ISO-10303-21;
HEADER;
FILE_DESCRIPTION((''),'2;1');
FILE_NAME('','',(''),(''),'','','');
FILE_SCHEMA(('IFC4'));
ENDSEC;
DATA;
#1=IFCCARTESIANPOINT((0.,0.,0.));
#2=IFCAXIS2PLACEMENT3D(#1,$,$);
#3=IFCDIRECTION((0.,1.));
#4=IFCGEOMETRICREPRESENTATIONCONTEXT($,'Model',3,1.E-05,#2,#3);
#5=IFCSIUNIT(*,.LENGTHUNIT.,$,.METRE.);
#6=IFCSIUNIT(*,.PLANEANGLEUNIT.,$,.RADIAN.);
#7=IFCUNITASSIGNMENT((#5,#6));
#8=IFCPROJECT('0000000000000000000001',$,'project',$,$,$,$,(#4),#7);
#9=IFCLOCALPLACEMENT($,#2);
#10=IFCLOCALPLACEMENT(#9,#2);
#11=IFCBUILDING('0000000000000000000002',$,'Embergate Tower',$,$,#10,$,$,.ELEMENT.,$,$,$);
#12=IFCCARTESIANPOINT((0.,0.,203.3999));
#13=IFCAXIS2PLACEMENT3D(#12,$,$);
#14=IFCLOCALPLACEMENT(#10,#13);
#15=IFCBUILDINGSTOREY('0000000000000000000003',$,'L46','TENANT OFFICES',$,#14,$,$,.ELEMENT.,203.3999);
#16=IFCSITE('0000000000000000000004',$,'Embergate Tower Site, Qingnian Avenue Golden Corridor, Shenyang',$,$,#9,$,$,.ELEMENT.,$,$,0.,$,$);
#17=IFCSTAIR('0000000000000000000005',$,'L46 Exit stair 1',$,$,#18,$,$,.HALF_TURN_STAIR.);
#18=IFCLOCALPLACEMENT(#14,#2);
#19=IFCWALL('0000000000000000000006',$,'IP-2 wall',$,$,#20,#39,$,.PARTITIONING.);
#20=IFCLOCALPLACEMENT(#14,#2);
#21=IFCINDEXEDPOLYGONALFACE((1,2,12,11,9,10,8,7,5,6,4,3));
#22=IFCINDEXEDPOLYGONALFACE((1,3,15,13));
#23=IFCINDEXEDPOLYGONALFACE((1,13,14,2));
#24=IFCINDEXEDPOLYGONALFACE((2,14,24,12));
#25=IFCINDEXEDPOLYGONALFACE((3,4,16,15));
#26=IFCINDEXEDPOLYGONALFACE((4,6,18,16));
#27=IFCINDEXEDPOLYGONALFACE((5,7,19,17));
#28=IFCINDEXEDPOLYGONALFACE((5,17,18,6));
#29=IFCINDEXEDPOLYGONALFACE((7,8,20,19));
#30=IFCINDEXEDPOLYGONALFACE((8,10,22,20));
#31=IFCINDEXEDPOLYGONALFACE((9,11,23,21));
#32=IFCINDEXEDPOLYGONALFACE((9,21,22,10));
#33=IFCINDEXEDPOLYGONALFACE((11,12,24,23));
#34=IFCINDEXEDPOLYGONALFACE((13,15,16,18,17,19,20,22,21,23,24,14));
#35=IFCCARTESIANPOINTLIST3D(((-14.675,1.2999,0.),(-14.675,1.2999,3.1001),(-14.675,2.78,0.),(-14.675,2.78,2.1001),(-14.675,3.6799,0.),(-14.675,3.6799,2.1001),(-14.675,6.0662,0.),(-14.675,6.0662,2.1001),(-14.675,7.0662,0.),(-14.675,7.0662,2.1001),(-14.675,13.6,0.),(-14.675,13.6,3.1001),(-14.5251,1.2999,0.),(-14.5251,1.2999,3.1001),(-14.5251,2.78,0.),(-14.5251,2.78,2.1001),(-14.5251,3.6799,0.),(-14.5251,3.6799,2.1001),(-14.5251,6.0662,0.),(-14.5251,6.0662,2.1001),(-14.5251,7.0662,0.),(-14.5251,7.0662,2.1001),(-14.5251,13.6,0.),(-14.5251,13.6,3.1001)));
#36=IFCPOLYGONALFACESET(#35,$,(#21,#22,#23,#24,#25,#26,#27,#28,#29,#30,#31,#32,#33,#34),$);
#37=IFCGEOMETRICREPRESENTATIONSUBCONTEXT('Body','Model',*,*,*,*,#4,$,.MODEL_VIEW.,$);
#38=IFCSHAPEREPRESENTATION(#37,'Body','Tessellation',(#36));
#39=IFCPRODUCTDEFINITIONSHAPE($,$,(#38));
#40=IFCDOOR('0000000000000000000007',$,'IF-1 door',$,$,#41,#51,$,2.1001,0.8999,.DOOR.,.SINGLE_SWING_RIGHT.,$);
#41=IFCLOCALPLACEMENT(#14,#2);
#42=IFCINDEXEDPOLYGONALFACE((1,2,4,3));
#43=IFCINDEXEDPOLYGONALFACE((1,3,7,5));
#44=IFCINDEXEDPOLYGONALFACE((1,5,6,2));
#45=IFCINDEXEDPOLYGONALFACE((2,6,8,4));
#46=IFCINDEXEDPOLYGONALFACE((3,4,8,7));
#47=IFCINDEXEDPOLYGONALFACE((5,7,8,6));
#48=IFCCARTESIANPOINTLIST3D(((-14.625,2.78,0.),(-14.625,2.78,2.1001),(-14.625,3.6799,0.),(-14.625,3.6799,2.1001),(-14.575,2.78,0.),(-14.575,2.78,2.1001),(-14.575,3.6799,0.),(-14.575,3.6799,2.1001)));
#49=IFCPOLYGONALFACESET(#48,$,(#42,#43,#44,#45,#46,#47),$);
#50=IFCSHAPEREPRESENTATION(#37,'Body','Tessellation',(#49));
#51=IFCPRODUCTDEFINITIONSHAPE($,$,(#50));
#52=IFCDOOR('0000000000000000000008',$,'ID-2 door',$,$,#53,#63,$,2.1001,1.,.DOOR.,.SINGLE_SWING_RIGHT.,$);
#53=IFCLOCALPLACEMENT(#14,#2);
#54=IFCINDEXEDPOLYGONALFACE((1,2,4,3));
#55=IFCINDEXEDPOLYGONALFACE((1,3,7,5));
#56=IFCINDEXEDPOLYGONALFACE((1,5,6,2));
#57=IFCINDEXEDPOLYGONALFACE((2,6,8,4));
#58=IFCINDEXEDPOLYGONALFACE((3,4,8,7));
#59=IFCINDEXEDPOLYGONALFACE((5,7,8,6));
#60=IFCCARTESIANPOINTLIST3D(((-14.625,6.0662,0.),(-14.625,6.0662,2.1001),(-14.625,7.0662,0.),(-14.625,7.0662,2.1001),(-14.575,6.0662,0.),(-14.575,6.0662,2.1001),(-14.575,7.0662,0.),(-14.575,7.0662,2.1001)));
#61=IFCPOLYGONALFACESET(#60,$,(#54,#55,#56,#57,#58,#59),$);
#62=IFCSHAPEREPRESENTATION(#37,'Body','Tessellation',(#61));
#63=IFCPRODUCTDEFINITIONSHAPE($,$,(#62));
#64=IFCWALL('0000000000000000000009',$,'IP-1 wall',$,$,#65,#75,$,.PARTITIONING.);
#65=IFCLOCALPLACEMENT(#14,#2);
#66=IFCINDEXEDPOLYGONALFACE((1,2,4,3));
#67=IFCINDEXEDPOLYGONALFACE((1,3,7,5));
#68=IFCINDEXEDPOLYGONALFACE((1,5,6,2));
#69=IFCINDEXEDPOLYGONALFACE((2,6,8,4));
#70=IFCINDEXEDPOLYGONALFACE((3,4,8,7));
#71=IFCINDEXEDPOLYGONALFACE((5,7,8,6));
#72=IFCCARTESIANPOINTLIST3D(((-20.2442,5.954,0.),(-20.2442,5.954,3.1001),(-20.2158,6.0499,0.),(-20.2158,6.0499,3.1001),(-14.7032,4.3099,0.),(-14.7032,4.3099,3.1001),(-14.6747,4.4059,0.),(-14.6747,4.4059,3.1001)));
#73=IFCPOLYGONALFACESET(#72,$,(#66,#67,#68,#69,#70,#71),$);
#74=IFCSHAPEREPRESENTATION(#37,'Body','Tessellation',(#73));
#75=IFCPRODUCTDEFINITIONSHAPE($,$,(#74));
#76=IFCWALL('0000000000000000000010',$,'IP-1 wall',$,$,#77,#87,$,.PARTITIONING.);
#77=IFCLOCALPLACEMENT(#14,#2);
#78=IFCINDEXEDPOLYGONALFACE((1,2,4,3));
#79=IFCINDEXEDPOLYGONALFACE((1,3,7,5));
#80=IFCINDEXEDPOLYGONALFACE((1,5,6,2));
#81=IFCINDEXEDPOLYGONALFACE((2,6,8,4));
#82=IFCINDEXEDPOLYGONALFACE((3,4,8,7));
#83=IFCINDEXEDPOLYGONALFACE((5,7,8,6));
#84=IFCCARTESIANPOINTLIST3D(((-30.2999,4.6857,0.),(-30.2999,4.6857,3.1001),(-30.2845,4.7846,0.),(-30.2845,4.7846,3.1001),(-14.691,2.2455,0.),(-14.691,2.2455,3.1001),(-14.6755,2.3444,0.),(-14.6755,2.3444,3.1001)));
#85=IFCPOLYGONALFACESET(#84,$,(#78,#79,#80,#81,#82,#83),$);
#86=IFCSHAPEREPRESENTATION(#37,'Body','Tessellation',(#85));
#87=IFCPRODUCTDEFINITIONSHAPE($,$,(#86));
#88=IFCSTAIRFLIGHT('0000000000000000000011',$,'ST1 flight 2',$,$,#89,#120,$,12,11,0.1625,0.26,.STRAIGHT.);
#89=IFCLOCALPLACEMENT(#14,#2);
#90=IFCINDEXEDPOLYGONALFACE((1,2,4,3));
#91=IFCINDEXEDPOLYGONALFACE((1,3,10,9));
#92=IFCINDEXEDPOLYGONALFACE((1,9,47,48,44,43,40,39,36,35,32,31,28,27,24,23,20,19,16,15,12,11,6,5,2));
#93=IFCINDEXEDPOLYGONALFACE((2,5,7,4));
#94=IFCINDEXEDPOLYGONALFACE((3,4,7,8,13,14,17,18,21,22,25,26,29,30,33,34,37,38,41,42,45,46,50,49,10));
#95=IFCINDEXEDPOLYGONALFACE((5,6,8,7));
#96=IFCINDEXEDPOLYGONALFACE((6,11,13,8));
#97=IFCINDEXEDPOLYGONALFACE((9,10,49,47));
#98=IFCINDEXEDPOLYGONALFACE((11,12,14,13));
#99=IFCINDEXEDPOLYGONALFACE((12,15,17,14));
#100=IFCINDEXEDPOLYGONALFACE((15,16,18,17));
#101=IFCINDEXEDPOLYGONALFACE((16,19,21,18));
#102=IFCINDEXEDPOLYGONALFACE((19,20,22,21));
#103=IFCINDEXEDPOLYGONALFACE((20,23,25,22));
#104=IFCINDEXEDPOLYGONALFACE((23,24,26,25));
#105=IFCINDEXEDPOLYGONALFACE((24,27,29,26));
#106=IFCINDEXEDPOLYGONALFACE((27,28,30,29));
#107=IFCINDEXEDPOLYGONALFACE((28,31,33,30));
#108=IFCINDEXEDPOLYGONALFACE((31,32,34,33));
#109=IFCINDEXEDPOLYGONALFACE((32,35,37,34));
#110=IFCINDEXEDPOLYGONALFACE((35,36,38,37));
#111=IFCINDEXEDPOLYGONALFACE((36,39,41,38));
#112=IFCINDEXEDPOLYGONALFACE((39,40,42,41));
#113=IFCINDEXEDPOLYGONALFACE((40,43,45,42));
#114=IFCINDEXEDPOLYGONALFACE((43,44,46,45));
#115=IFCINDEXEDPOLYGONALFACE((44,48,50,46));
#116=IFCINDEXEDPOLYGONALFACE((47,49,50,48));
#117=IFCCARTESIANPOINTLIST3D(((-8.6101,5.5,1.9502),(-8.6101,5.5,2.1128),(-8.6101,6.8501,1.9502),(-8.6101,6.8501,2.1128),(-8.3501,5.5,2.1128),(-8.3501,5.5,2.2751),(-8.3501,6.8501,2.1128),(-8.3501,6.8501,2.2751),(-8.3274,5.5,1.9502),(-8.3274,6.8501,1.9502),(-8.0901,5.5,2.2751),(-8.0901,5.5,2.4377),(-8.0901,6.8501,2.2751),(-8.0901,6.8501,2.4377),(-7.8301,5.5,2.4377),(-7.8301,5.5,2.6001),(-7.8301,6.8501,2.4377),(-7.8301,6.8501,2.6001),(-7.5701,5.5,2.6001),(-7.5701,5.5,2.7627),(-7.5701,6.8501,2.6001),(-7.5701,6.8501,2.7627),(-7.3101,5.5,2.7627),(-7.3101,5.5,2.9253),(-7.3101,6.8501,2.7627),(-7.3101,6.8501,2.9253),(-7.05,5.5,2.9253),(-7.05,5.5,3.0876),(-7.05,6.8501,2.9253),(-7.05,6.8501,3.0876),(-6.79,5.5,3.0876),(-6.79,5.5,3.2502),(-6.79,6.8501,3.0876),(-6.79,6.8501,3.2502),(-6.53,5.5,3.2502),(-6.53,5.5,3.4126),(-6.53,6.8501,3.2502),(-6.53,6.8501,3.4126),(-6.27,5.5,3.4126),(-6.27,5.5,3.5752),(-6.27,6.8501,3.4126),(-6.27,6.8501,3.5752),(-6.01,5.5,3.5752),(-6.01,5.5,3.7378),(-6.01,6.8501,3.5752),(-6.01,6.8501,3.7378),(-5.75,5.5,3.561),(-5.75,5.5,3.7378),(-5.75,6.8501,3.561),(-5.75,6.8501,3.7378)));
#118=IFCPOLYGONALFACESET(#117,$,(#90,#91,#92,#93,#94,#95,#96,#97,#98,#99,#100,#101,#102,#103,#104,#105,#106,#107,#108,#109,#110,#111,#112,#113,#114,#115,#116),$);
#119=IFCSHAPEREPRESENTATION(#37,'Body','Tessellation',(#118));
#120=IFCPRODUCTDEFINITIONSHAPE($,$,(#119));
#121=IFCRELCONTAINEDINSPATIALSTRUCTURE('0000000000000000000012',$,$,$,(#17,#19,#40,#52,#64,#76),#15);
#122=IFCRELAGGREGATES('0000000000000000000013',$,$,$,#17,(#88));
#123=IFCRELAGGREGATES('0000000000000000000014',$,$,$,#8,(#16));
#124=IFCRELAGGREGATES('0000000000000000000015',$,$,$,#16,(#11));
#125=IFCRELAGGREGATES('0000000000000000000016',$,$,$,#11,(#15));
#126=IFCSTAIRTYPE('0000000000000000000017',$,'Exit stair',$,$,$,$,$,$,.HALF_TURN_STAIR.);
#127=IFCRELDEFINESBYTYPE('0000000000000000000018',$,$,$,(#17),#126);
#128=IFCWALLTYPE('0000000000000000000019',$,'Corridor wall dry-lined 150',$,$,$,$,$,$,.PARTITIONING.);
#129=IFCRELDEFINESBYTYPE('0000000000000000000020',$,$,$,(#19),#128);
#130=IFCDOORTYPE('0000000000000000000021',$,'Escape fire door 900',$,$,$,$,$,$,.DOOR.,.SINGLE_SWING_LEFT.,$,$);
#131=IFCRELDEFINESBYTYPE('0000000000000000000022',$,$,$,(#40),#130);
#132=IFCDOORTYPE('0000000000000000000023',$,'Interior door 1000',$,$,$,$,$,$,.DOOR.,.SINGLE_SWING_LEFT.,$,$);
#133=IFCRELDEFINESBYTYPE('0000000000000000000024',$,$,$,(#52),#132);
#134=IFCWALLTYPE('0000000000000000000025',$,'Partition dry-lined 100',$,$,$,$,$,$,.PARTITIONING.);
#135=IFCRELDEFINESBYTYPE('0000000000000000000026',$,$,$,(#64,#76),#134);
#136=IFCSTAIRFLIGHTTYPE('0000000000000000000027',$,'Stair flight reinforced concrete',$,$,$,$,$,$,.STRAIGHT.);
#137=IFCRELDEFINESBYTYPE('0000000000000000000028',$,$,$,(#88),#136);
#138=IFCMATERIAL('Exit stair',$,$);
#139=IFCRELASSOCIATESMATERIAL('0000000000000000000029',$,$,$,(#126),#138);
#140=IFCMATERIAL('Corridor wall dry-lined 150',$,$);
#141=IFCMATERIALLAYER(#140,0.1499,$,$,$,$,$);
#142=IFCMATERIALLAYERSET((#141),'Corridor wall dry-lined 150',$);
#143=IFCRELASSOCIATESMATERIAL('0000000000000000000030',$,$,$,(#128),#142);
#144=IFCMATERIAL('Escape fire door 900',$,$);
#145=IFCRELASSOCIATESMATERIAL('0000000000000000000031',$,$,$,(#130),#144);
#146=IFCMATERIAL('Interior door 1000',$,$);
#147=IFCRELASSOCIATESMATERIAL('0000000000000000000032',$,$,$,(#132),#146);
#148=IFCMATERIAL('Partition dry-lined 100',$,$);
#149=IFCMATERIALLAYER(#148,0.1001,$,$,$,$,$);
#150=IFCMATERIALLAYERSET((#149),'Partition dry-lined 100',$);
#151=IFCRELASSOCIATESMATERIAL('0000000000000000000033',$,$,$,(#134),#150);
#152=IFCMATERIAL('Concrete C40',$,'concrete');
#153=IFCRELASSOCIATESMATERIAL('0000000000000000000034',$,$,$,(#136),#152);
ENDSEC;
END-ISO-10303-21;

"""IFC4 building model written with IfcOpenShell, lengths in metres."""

from ifc_helpers import new_model, si_unit, direction, frame, frame_2d, origin, place, context, subcontext, project, spatial, polyline, rectangle, outline, extrude, source, transform, mapped, material, layer, layer_set, type_object, element, fill, aggregate, save


model = new_model("IFC4")

# Units and contexts
model_context = context("Model", 3, precision=1e-05, world=origin(), true_north=direction((0.0, 1.0)))
body_context = subcontext(model_context, "Body", "Model", "MODEL_VIEW")
ifc_project = project(units=[si_unit("LENGTHUNIT", "METRE"), si_unit("PLANEANGLEUNIT", "RADIAN")], contexts=[model_context])

# Site, building, storey
site_placement = place(None, origin())
site = spatial("IfcSite", under=ifc_project, at=site_placement, Name="Embergate Tower Site, Qingnian Avenue Golden Corridor, Shenyang", CompositionType="ELEMENT", RefElevation=0.0)
building_placement = place(site_placement, origin())
building = spatial("IfcBuilding", under=site, at=building_placement, Name="Embergate Tower", CompositionType="ELEMENT")
storey_placement = place(building_placement, frame((0.0, 0.0, 203.3999)))
storey = spatial("IfcBuildingStorey", under=building, at=storey_placement, Name="L46", Description="TENANT OFFICES", CompositionType="ELEMENT", Elevation=203.3999)

# Stair
ifc_material_1 = material(Name="Exit stair")
stair_type = type_object("IfcStairType", Name="Exit stair", PredefinedType="HALF_TURN_STAIR", material=ifc_material_1)
stair_placement = place(storey_placement, origin())
stair = element("IfcStair", 1, at=stair_placement, inside=storey, type_object=stair_type, Name="L46 Exit stair 1", PredefinedType="HALF_TURN_STAIR")
ifc_material_2 = material(Name="Concrete C40", Category="concrete")

# Shared definitions
ifc_material_3 = material(Name="Corridor wall dry-lined 150")
ifc_layer_1 = layer(ifc_material_3, 0.1499)
ifc_layer_set_1 = layer_set([ifc_layer_1], Name="Corridor wall dry-lined 150")
wall_type_1 = type_object("IfcWallType", Name="Corridor wall dry-lined 150", PredefinedType="PARTITIONING", material=ifc_layer_set_1)
shared_shape_1 = source(origin(), body_context, "Body", "SweptSolid", [
    extrude(rectangle(XDim=0.8999, YDim=2.1001, at=frame_2d((0.45, 1.05))), frame((0.0, 0.085, 0.0), z_axis=(0.0, -1.0, 0.0), x_axis=(1.0, 0.0, 0.0)), (0.0, 0.0, 1.0), 0.1699),
])
ifc_material_4 = material(Name="Escape fire door 900")
door_type_1 = type_object("IfcDoorType", Name="Escape fire door 900", OperationType="SINGLE_SWING_LEFT", PredefinedType="DOOR", material=ifc_material_4)
shared_shape_2 = source(origin(), body_context, "Body", "SweptSolid", [
    extrude(rectangle(XDim=0.8999, YDim=2.1001, at=frame_2d((0.45, 1.05))), frame((0.0, 0.0249, 0.0), z_axis=(0.0, -1.0, 0.0), x_axis=(1.0, 0.0, 0.0)), (0.0, 0.0, 1.0), 0.05),
])

# Wall, openings, doors
shared_shape_3 = source(origin(), body_context, "Body", "SweptSolid", [
    extrude(rectangle(XDim=12.3, YDim=0.1499, at=frame_2d((6.1499, 0.0))), origin(), (0.0, 0.0, 1.0), 3.1001),
])
wall_1_placement = place(storey_placement, frame((-14.6001, 1.3, 0.0), z_axis=(0.0, 0.0, 1.0), x_axis=(0.0, 1.0, 0.0)))
wall_1 = element("IfcWall", 2, at=wall_1_placement, inside=storey, type_object=wall_type_1, Name="IP-2 wall", PredefinedType="PARTITIONING", context=body_context, shape_type="MappedRepresentation", body=[
    mapped(shared_shape_3, transform((0.0, 0.0, 0.0))),
])
shared_shape_4 = source(origin(), body_context, "Body", "SweptSolid", [
    extrude(rectangle(XDim=1.0, YDim=2.1001, at=frame_2d((0.5, 1.05))), frame((0.0, 0.085, 0.0), z_axis=(0.0, -1.0, 0.0), x_axis=(1.0, 0.0, 0.0)), (0.0, 0.0, 1.0), 0.1699),
])
opening_1_placement = place(wall_1_placement, frame((4.7661, 0.0, 0.0)))
opening_1 = element("IfcOpeningElement", 3, at=opening_1_placement, cuts=wall_1, PredefinedType="OPENING", context=body_context, shape_type="MappedRepresentation", body=[
    mapped(shared_shape_4, transform((0.0, 0.0, 0.0))),
])
opening_2_placement = place(wall_1_placement, frame((1.48, 0.0, 0.0)))
opening_2 = element("IfcOpeningElement", 4, at=opening_2_placement, cuts=wall_1, PredefinedType="OPENING", context=body_context, shape_type="MappedRepresentation", body=[
    mapped(shared_shape_1, transform((0.0, 0.0, 0.0))),
])
door_1_placement = place(opening_2_placement, origin())
door_1 = element("IfcDoor", 5, at=door_1_placement, inside=storey, type_object=door_type_1, Name="IF-1 door", OperationType="SINGLE_SWING_RIGHT", OverallHeight=2.1001, OverallWidth=0.8999, PredefinedType="DOOR", context=body_context, shape_type="MappedRepresentation", body=[
    mapped(shared_shape_2, transform((0.0, 0.0, 0.0))),
])
fill(opening_2, door_1)
ifc_material_5 = material(Name="Interior door 1000")
door_type_2 = type_object("IfcDoorType", Name="Interior door 1000", OperationType="SINGLE_SWING_LEFT", PredefinedType="DOOR", material=ifc_material_5)
shared_shape_5 = source(origin(), body_context, "Body", "SweptSolid", [
    extrude(rectangle(XDim=1.0, YDim=2.1001, at=frame_2d((0.5, 1.05))), frame((0.0, 0.0249, 0.0), z_axis=(0.0, -1.0, 0.0), x_axis=(1.0, 0.0, 0.0)), (0.0, 0.0, 1.0), 0.05),
])
door_2_placement = place(opening_1_placement, origin())
door_2 = element("IfcDoor", 6, at=door_2_placement, inside=storey, type_object=door_type_2, Name="ID-2 door", OperationType="SINGLE_SWING_RIGHT", OverallHeight=2.1001, OverallWidth=1.0, PredefinedType="DOOR", context=body_context, shape_type="MappedRepresentation", body=[
    mapped(shared_shape_5, transform((0.0, 0.0, 0.0))),
])
fill(opening_1, door_2)

# Walls
ifc_material_6 = material(Name="Partition dry-lined 100")
ifc_layer_2 = layer(ifc_material_6, 0.1001)
ifc_layer_set_2 = layer_set([ifc_layer_2], Name="Partition dry-lined 100")
wall_type_2 = type_object("IfcWallType", Name="Partition dry-lined 100", PredefinedType="PARTITIONING", material=ifc_layer_set_2)
shared_shape_6 = source(origin(), body_context, "Body", "SweptSolid", [
    extrude(rectangle(XDim=5.7798, YDim=0.1001, at=frame_2d((2.8899, 0.0))), origin(), (0.0, 0.0, 1.0), 3.1001),
])
wall_2_placement = place(storey_placement, frame((-14.689, 4.3579, 0.0), z_axis=(0.0, 0.0, 1.0), x_axis=(-0.958692, 0.284448, 0.0)))
element("IfcWall", 7, at=wall_2_placement, inside=storey, type_object=wall_type_2, Name="IP-1 wall", PredefinedType="PARTITIONING", context=body_context, shape_type="MappedRepresentation", body=[
    mapped(shared_shape_6, transform((0.0, 0.0, 0.0))),
])
shared_shape_7 = source(origin(), body_context, "Body", "SweptSolid", [
    extrude(rectangle(XDim=15.7986, YDim=0.1001, at=frame_2d((7.8994, 0.0))), origin(), (0.0, 0.0, 1.0), 3.1001),
])
wall_3_placement = place(storey_placement, frame((-14.6831, 2.2949, 0.0), z_axis=(0.0, 0.0, 1.0), x_axis=(-0.988, 0.154457, 0.0)))
element("IfcWall", 8, at=wall_3_placement, inside=storey, type_object=wall_type_2, Name="IP-1 wall", PredefinedType="PARTITIONING", context=body_context, shape_type="MappedRepresentation", body=[
    mapped(shared_shape_7, transform((0.0, 0.0, 0.0))),
])

# Stair flight
stair_flight_type = type_object("IfcStairFlightType", Name="Stair flight reinforced concrete", PredefinedType="STRAIGHT", material=ifc_material_2)
shared_shape_8 = source(origin(), body_context, "Body", "SweptSolid", [
    extrude(outline(polyline([(0.0, 0.0), (0.0, 0.1626), (0.26, 0.1626), (0.26, 0.325), (0.52, 0.325), (0.52, 0.4875), (0.78, 0.4875), (0.78, 0.6499), (1.04, 0.6499), (1.04, 0.8125), (1.3, 0.8125), (1.3, 0.9751), (1.5601, 0.9751), (1.5601, 1.1375), (1.8201, 1.1375), (1.8201, 1.3), (2.0801, 1.3), (2.0801, 1.4624), (2.3401, 1.4624), (2.3401, 1.625), (2.6001, 1.625), (2.6001, 1.7876), (2.8601, 1.7876), (2.8601, 1.95), (2.8601, 1.6108), (0.2827, 0.0), (0.0, 0.0)])), frame((0.0, 0.675, 0.0), z_axis=(0.0, -1.0, 0.0), x_axis=(1.0, 0.0, 0.0)), (0.0, 0.0, 1.0), 1.3501),
])
stair_flight_placement = place(storey_placement, frame((-8.6101, 6.175, 1.9502), z_axis=(0.0, 0.0, 1.0), x_axis=(1.0, 0.0, 0.0)))
stair_flight = element("IfcStairFlight", 9, at=stair_flight_placement, type_object=stair_flight_type, Name="ST1 flight 2", NumberOfRisers=12, NumberOfTreads=11, PredefinedType="STRAIGHT", RiserHeight=0.1625, TreadLength=0.26, context=body_context, shape_type="MappedRepresentation", body=[
    mapped(shared_shape_8, transform((0.0, 0.0, 0.0))),
])
aggregate(stair, [stair_flight])

save(model, "model.ifc")
